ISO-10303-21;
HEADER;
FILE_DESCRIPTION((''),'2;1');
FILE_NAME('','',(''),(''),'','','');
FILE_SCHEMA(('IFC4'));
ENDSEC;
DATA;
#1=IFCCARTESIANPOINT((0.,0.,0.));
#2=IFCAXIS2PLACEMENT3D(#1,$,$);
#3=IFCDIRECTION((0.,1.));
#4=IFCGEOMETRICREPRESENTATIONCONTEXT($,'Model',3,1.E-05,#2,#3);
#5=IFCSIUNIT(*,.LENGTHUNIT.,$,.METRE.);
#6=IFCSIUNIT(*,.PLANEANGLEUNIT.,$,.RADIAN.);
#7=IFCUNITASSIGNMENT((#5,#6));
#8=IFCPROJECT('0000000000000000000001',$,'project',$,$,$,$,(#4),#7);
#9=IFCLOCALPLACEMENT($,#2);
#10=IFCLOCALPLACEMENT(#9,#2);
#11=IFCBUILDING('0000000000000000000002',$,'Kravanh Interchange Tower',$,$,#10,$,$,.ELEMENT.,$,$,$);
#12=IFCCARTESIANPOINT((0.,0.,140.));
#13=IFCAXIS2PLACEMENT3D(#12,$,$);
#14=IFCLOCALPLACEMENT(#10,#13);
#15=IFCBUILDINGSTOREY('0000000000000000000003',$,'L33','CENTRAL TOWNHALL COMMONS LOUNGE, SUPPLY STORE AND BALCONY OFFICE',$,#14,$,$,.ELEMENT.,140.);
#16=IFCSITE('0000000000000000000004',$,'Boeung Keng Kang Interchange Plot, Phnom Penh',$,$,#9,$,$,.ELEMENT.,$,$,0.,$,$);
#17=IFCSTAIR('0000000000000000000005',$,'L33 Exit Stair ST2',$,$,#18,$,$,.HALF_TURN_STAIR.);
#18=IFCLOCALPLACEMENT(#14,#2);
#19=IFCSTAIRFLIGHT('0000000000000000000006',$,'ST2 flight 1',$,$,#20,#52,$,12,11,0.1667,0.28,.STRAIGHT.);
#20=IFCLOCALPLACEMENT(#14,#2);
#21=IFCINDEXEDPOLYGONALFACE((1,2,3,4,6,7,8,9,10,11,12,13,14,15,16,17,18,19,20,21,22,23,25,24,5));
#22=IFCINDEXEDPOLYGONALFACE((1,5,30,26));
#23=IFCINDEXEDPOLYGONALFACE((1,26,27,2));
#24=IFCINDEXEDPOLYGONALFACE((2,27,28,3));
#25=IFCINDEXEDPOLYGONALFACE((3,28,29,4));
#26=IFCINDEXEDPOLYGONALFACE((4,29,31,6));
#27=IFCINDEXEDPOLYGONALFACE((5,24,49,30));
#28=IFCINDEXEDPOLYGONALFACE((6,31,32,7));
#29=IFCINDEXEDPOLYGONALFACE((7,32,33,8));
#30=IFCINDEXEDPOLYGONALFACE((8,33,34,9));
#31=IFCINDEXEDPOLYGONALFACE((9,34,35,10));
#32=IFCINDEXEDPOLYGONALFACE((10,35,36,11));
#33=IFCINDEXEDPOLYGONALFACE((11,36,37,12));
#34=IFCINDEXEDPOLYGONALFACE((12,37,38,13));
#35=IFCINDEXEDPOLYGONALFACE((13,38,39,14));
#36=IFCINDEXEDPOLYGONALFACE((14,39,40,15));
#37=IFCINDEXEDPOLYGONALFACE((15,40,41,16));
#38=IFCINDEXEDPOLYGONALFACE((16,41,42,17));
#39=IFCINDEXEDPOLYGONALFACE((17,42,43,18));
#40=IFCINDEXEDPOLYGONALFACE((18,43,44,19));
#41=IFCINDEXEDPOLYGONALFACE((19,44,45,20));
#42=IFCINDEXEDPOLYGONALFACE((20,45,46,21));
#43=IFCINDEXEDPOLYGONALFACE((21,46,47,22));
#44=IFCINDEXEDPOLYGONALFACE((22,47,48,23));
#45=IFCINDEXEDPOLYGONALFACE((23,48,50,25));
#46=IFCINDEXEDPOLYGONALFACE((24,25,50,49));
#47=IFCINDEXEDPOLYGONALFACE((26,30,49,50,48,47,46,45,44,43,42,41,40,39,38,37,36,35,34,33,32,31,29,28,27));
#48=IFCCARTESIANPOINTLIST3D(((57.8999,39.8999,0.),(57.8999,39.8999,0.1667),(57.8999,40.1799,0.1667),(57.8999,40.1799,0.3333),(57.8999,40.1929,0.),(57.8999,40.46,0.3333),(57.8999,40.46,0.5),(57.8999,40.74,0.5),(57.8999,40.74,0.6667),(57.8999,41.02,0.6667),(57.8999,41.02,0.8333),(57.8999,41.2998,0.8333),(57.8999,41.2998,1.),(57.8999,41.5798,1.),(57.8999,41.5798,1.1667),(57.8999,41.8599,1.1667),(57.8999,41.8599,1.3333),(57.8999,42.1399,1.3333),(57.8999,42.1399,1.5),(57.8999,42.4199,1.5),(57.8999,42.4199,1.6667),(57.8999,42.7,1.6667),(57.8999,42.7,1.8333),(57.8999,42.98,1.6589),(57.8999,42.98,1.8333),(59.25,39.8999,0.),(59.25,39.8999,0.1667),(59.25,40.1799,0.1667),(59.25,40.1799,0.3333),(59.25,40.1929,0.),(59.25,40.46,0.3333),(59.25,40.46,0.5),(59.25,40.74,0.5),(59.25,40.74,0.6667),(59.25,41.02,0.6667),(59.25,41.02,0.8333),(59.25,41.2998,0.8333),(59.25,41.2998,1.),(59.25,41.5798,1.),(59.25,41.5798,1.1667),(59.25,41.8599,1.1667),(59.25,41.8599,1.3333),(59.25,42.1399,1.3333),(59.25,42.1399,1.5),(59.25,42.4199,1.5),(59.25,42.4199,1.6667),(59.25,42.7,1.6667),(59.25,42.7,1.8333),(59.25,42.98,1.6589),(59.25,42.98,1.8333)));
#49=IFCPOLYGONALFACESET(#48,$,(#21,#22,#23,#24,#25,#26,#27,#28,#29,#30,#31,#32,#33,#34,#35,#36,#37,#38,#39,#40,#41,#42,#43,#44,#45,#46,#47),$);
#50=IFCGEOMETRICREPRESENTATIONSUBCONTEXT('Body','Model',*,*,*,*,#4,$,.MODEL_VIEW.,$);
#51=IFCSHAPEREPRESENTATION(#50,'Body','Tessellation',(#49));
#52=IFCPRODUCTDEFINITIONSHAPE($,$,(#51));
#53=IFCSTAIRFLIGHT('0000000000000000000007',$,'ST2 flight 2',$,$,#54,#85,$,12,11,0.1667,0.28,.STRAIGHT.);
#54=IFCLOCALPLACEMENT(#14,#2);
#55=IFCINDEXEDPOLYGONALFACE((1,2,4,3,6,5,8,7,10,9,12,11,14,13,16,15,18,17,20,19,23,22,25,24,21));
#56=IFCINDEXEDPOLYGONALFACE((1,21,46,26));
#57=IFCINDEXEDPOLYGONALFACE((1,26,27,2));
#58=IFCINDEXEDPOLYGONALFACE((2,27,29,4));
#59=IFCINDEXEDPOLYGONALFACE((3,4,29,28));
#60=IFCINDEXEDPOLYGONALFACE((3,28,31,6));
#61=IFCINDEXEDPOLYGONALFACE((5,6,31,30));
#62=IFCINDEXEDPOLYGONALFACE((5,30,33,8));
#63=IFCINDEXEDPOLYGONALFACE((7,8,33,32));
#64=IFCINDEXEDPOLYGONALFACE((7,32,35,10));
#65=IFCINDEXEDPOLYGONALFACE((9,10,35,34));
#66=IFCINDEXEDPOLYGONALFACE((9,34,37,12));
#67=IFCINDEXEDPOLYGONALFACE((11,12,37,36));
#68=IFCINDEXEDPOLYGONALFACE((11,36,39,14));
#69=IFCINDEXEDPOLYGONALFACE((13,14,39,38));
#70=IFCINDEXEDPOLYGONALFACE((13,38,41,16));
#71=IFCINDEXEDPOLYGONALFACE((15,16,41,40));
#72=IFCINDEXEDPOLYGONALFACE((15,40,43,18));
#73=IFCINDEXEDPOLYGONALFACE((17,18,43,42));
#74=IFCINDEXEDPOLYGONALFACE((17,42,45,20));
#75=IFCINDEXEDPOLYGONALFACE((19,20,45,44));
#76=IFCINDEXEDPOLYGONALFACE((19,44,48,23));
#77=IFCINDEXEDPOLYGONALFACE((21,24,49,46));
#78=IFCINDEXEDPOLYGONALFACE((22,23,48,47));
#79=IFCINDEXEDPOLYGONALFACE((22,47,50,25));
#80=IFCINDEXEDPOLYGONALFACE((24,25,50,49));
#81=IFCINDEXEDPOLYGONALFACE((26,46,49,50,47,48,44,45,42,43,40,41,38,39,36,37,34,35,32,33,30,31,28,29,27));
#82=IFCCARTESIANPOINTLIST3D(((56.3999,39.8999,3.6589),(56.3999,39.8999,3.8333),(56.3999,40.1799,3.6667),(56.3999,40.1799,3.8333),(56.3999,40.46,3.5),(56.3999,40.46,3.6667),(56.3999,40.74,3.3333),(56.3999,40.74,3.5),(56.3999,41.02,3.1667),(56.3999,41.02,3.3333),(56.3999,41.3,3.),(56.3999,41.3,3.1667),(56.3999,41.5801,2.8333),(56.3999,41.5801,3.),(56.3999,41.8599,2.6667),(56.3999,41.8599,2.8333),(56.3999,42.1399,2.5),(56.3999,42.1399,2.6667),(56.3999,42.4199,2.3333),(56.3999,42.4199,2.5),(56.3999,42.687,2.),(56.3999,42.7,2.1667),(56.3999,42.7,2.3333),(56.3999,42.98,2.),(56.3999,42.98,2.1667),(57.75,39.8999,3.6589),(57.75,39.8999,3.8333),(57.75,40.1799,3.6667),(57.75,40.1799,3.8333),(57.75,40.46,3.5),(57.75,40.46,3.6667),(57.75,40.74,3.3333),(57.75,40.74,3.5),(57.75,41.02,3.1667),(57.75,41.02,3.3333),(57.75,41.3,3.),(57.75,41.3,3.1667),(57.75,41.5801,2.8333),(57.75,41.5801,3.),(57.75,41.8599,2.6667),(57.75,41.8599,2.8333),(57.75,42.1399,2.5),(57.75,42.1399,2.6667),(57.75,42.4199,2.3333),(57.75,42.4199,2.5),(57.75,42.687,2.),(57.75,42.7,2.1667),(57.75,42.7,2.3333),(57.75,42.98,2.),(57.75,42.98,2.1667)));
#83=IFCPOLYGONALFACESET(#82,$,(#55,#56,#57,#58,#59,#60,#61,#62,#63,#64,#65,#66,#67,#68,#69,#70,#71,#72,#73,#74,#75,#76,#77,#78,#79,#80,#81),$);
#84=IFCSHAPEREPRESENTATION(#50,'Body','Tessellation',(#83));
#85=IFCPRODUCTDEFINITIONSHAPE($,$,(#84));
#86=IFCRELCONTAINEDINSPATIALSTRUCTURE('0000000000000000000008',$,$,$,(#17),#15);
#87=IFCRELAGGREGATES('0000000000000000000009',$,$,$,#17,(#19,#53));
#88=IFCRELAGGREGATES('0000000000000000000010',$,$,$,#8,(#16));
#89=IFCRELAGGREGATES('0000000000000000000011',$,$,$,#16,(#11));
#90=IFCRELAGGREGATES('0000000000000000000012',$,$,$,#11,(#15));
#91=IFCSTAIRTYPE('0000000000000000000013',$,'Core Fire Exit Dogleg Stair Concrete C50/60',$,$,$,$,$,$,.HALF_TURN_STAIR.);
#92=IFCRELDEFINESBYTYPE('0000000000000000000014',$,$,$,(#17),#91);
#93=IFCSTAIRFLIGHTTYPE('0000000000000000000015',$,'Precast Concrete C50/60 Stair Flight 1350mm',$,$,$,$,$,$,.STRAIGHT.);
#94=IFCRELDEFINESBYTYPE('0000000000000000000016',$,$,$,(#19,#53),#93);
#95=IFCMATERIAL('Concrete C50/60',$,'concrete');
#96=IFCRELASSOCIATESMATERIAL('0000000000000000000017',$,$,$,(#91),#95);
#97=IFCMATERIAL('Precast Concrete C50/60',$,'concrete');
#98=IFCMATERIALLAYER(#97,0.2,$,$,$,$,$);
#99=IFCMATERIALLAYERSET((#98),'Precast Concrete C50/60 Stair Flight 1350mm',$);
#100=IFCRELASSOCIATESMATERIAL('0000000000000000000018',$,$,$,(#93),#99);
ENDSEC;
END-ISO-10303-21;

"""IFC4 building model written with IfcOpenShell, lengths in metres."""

from ifc_helpers import new_model, si_unit, direction, frame, origin, place, context, subcontext, project, spatial, polyline, outline, extrude, material, layer, layer_set, type_object, element, aggregate, save


model = new_model("IFC4")

# Units and contexts
model_context = context("Model", 3, precision=1e-05, world=origin(), true_north=direction((0.0, 1.0)))
body_context = subcontext(model_context, "Body", "Model", "MODEL_VIEW")
ifc_project = project(units=[si_unit("LENGTHUNIT", "METRE"), si_unit("PLANEANGLEUNIT", "RADIAN")], contexts=[model_context])

# Site, building, storey
site_placement = place(None, origin())
site = spatial("IfcSite", under=ifc_project, at=site_placement, Name="Boeung Keng Kang Interchange Plot, Phnom Penh", CompositionType="ELEMENT", RefElevation=0.0)
building_placement = place(site_placement, origin())
building = spatial("IfcBuilding", under=site, at=building_placement, Name="Kravanh Interchange Tower", CompositionType="ELEMENT")
storey_placement = place(building_placement, frame((0.0, 0.0, 140.0)))
storey = spatial("IfcBuildingStorey", under=building, at=storey_placement, Name="L33", Description="CENTRAL TOWNHALL COMMONS LOUNGE, SUPPLY STORE AND BALCONY OFFICE", CompositionType="ELEMENT", Elevation=140.0)

# Stair, stair flights
ifc_material_1 = material(Name="Concrete C50/60", Category="concrete")
stair_type = type_object("IfcStairType", Name="Core Fire Exit Dogleg Stair Concrete C50/60", PredefinedType="HALF_TURN_STAIR", material=ifc_material_1)
ifc_material_2 = material(Name="Precast Concrete C50/60", Category="concrete")
ifc_layer_1 = layer(ifc_material_2, 0.2)
ifc_layer_set_1 = layer_set([ifc_layer_1], Name="Precast Concrete C50/60 Stair Flight 1350mm")
stair_flight_type = type_object("IfcStairFlightType", Name="Precast Concrete C50/60 Stair Flight 1350mm", PredefinedType="STRAIGHT", material=ifc_layer_set_1)
stair_1_placement = place(storey_placement, origin())
stair_1 = element("IfcStair", 1, at=stair_1_placement, inside=storey, type_object=stair_type, Name="L33 Exit Stair ST2", PredefinedType="HALF_TURN_STAIR")
stair_flight_1_placement = place(storey_placement, frame((58.575, 39.8999, 0.0), z_axis=(0.0, 0.0, 1.0), x_axis=(0.0, 1.0, 0.0)))
stair_flight_1 = element("IfcStairFlight", 2, at=stair_flight_1_placement, type_object=stair_flight_type, Name="ST2 flight 1", NumberOfRisers=12, NumberOfTreads=11, PredefinedType="STRAIGHT", RiserHeight=0.1667, TreadLength=0.28, context=body_context, shape_type="SweptSolid", body=[
    extrude(outline(polyline([(0.0, 0.0), (0.0, 0.1667), (0.28, 0.1667), (0.28, 0.3333), (0.5601, 0.3333), (0.5601, 0.5), (0.8401, 0.5), (0.8401, 0.6667), (1.1201, 0.6667), (1.1201, 0.8333), (1.3999, 0.8333), (1.3999, 1.0), (1.6799, 1.0), (1.6799, 1.1667), (1.96, 1.1667), (1.96, 1.3333), (2.24, 1.3333), (2.24, 1.5), (2.52, 1.5), (2.52, 1.6667), (2.8, 1.6667), (2.8, 1.8333), (3.0801, 1.8333), (3.0801, 2.0), (3.0801, 1.6589), (0.293, 0.0), (0.0, 0.0)])), frame((0.0, 0.675, 0.0), z_axis=(0.0, -1.0, 0.0), x_axis=(1.0, 0.0, 0.0)), (0.0, 0.0, 1.0), 1.3501),
])
stair_flight_2_placement = place(storey_placement, frame((57.075, 42.98, 2.0), z_axis=(0.0, 0.0, 1.0), x_axis=(0.0, -1.0, 0.0)))
stair_flight_2 = element("IfcStairFlight", 3, at=stair_flight_2_placement, type_object=stair_flight_type, Name="ST2 flight 2", NumberOfRisers=12, NumberOfTreads=11, PredefinedType="STRAIGHT", RiserHeight=0.1667, TreadLength=0.28, context=body_context, shape_type="SweptSolid", body=[
    extrude(outline(polyline([(0.0, 0.0), (0.0, 0.1667), (0.28, 0.1667), (0.28, 0.3333), (0.5601, 0.3333), (0.5601, 0.5), (0.8401, 0.5), (0.8401, 0.6667), (1.1201, 0.6667), (1.1201, 0.8333), (1.3999, 0.8333), (1.3999, 1.0), (1.6799, 1.0), (1.6799, 1.1667), (1.96, 1.1667), (1.96, 1.3333), (2.24, 1.3333), (2.24, 1.5), (2.52, 1.5), (2.52, 1.6667), (2.8, 1.6667), (2.8, 1.8333), (3.0801, 1.8333), (3.0801, 2.0), (3.0801, 1.6589), (0.293, 0.0), (0.0, 0.0)])), frame((0.0, 0.675, 0.0), z_axis=(0.0, -1.0, 0.0), x_axis=(1.0, 0.0, 0.0)), (0.0, 0.0, 1.0), 1.3501),
])
aggregate(stair_1, [stair_flight_1, stair_flight_2])

save(model, "model.ifc")
